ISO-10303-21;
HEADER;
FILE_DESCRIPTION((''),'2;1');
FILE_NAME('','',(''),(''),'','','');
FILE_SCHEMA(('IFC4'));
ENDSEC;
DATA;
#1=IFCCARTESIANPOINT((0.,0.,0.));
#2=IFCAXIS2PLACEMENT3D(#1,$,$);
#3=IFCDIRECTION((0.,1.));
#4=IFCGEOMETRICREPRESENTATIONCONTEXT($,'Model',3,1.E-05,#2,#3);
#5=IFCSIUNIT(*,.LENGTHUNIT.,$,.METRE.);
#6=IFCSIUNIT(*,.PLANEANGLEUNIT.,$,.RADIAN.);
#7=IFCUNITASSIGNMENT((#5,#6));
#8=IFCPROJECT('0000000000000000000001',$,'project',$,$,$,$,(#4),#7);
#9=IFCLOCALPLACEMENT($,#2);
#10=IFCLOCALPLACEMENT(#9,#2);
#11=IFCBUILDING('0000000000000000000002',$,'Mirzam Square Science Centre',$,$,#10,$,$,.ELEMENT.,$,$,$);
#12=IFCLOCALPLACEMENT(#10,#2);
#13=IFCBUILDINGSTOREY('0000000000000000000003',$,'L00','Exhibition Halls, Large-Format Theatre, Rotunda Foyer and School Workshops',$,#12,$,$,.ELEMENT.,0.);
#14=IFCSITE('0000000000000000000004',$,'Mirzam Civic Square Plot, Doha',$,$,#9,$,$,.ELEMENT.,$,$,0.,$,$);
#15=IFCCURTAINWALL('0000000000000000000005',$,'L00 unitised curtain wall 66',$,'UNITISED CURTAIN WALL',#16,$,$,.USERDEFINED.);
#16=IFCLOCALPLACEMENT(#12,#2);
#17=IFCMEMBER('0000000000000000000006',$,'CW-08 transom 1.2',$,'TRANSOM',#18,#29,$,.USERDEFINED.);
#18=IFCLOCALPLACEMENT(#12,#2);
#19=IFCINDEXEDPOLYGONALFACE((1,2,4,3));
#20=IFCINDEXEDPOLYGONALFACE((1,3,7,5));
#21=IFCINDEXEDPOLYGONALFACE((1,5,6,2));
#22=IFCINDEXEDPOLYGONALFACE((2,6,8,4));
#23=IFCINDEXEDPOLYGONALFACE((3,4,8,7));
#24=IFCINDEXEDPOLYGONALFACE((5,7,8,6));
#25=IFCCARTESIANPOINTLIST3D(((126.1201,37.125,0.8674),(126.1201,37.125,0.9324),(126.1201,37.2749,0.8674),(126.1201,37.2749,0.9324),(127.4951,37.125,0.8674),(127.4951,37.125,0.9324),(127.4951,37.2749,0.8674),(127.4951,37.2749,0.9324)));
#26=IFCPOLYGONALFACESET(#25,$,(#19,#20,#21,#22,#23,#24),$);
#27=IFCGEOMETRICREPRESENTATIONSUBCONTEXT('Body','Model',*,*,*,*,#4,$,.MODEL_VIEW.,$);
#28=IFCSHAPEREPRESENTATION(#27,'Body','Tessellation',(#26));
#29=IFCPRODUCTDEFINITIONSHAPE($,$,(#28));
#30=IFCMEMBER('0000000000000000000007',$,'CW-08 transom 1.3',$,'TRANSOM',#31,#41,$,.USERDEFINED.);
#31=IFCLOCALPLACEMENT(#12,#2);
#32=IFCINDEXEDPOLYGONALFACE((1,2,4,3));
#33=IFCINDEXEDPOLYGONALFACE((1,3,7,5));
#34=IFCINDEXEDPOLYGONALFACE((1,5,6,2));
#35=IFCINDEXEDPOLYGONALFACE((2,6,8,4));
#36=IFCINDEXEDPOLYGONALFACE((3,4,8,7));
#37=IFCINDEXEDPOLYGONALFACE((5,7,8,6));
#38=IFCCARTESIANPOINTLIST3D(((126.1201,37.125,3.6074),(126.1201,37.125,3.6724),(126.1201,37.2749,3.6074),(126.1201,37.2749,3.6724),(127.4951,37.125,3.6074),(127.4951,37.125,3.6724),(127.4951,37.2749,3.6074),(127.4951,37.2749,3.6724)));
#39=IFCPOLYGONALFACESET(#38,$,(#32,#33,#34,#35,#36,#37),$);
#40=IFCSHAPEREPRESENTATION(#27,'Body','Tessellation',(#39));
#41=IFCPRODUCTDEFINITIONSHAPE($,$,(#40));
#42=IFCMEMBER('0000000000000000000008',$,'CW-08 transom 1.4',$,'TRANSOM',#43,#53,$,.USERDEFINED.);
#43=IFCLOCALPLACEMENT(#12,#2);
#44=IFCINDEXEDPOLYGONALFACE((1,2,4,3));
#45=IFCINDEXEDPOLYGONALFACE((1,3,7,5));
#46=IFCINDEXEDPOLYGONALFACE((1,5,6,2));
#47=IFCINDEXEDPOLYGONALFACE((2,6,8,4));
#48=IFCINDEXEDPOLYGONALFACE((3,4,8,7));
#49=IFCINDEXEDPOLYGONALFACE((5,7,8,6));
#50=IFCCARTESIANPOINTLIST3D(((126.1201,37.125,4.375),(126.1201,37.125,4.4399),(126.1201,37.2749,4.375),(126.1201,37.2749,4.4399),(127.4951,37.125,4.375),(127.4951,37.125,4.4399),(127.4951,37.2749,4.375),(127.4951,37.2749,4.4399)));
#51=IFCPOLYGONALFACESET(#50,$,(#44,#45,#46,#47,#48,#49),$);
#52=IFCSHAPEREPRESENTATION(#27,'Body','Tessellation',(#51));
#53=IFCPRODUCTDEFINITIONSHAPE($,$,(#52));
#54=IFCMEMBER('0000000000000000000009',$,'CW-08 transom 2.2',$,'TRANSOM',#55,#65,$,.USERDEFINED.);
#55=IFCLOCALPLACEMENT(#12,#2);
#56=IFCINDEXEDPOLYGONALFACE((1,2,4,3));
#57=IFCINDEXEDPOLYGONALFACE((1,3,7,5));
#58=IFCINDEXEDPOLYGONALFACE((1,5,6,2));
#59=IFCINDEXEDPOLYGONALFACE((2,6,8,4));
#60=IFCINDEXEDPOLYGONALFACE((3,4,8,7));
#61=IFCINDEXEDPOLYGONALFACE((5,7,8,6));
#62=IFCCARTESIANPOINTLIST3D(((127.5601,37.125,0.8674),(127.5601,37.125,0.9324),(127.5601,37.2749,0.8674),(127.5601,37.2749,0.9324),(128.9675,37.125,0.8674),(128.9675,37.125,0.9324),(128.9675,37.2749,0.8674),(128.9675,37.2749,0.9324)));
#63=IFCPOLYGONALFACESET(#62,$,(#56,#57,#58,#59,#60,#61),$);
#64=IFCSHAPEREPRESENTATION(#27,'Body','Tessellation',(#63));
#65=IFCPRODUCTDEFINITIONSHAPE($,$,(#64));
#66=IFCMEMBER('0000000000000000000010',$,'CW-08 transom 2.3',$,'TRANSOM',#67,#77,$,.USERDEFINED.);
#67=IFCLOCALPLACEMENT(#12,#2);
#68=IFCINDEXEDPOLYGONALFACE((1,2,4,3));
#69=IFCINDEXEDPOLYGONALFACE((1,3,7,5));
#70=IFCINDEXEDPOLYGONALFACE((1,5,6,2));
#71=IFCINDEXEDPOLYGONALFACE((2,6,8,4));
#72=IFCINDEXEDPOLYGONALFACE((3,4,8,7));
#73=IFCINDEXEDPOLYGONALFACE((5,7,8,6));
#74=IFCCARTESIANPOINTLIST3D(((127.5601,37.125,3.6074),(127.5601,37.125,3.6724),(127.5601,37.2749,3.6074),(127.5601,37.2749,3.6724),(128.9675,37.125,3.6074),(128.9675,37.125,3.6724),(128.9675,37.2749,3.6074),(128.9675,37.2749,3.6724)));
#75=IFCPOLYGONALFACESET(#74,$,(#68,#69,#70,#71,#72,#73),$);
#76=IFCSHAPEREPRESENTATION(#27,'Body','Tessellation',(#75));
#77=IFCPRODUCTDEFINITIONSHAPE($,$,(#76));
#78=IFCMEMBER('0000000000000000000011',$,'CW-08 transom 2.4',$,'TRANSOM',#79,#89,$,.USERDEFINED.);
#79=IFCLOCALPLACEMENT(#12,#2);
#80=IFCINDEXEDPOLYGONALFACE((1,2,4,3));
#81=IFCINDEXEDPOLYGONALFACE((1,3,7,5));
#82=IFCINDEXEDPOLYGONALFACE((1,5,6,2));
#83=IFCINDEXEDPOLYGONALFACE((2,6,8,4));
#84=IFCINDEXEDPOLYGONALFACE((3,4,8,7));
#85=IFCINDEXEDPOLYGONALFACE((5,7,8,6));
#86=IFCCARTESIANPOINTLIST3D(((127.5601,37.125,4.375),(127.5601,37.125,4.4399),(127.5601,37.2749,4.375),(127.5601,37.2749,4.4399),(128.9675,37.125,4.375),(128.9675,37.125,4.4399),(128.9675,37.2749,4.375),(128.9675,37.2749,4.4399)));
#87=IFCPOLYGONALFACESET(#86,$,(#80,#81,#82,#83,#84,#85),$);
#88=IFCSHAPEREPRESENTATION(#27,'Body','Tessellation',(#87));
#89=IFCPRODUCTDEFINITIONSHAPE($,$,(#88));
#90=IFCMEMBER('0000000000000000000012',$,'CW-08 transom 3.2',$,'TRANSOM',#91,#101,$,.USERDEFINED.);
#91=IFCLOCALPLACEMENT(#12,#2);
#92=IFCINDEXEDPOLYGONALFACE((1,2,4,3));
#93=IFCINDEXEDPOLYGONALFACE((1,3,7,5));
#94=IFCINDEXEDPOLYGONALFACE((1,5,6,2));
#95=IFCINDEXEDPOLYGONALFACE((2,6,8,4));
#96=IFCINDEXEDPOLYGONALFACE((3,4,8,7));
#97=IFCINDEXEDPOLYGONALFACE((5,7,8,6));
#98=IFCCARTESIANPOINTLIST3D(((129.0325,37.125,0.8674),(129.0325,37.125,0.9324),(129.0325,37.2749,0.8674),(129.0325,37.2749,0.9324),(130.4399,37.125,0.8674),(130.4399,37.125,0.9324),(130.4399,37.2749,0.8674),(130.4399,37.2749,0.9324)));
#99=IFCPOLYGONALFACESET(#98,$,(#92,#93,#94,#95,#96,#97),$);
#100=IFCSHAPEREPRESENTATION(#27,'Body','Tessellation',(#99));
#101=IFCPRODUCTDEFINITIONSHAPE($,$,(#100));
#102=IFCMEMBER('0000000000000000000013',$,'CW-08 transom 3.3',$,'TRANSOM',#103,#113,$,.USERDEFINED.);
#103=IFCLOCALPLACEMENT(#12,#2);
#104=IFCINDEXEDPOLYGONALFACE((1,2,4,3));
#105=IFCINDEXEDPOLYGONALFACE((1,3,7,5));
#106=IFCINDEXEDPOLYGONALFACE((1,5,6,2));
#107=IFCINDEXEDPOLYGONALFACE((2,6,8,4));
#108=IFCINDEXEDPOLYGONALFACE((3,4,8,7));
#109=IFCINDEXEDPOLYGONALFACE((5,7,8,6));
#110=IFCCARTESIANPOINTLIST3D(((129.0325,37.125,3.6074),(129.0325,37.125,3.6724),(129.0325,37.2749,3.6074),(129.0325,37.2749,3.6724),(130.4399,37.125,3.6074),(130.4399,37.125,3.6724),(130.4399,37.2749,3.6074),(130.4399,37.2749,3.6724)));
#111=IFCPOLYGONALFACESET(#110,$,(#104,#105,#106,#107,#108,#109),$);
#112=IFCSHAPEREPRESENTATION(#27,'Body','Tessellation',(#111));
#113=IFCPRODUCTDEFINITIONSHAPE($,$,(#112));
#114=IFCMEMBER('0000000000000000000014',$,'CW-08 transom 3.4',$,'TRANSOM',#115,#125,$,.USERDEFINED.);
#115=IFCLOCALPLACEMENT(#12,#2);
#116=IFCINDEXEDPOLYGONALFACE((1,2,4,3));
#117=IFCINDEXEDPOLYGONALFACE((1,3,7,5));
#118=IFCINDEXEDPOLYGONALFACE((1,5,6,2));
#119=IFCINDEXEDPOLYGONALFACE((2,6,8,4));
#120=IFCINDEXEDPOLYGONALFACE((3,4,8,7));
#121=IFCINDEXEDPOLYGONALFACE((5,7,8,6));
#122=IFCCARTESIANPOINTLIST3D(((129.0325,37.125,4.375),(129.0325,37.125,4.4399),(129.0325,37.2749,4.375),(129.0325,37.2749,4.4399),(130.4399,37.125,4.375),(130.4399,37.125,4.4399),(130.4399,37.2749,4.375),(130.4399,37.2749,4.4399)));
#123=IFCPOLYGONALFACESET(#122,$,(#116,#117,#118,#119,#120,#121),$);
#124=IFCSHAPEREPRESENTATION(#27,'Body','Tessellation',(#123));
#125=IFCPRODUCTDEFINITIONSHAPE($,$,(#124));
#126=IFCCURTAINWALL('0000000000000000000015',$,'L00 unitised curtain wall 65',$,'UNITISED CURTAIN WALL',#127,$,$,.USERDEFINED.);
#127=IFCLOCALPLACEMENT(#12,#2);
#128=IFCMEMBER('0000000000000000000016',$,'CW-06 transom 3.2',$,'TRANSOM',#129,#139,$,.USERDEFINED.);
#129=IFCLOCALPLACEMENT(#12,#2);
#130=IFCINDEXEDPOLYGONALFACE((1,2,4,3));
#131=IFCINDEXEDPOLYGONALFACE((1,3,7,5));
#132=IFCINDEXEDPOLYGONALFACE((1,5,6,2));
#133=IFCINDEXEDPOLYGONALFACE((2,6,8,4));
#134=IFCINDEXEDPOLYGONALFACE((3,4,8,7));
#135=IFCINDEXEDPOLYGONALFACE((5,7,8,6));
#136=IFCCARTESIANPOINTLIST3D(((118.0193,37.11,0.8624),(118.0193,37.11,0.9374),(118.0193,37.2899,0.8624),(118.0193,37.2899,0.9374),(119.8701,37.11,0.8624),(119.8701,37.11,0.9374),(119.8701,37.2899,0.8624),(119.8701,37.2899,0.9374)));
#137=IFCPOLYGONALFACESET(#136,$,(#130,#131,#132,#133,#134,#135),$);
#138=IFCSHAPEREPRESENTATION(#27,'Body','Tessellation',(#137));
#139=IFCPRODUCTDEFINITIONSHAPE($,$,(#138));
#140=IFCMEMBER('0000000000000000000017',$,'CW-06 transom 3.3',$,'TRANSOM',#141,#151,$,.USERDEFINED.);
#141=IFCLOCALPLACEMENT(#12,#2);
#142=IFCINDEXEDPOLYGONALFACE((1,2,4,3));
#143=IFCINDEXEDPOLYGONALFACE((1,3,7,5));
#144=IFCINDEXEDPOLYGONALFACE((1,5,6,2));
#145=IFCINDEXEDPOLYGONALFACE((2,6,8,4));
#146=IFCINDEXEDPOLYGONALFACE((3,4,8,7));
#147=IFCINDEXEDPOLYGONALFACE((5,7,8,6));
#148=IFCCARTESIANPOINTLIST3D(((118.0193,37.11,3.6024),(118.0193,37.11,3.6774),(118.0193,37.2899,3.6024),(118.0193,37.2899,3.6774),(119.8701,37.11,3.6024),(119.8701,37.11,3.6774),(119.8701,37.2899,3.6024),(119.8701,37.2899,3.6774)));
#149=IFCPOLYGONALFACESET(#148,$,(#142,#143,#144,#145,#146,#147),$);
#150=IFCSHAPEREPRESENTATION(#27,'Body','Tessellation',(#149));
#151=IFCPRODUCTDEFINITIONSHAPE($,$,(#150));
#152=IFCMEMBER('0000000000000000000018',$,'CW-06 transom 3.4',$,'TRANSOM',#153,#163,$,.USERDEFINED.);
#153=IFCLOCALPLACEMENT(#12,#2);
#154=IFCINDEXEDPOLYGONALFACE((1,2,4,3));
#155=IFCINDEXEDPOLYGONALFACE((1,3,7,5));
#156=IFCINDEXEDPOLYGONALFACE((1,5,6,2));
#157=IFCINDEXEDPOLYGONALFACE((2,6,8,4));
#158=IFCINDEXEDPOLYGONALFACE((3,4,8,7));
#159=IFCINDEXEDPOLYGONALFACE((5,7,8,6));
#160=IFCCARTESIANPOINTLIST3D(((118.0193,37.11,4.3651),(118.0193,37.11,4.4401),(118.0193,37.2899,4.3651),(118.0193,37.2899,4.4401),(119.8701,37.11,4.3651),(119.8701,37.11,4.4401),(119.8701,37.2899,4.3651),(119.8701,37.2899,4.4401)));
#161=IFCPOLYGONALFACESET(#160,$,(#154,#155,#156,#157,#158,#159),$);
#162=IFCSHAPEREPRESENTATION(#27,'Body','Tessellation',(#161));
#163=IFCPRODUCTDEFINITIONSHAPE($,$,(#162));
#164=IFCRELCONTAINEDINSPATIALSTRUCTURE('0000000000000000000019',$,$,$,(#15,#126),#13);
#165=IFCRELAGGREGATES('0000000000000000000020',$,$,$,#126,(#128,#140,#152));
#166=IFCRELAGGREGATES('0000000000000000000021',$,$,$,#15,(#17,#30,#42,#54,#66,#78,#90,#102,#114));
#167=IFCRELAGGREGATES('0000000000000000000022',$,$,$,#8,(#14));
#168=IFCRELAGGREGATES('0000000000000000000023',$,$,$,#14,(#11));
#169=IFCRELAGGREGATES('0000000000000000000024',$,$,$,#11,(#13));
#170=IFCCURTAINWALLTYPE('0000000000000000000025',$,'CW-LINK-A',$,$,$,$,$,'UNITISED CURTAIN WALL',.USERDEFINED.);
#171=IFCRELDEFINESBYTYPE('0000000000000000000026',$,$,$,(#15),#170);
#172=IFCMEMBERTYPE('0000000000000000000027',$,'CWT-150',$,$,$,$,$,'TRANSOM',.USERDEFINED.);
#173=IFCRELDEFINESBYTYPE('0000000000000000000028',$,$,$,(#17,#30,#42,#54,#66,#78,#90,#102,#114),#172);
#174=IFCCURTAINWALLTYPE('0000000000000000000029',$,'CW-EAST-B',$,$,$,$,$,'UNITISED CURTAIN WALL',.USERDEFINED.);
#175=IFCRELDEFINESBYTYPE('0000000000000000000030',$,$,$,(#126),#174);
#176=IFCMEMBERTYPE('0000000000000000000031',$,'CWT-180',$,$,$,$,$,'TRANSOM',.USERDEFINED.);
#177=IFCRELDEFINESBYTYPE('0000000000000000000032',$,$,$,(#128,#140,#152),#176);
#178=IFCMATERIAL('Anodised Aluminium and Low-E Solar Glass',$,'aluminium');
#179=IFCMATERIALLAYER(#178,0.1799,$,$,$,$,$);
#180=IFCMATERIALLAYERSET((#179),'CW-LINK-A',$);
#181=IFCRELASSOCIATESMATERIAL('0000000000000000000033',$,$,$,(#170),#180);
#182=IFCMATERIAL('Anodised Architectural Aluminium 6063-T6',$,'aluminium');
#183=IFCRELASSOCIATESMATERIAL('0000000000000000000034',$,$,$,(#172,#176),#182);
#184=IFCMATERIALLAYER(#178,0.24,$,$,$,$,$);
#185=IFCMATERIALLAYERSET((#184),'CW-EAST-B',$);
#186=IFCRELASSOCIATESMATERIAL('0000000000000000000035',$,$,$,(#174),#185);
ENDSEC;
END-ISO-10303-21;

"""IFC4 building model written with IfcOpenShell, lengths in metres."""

from ifc_helpers import new_model, si_unit, direction, frame, origin, origin_2d, place, context, subcontext, project, spatial, rectangle, extrude, material, layer, layer_set, material_profile, profile_set, type_object, element, aggregate, save


model = new_model("IFC4")

# Units and contexts
model_context = context("Model", 3, precision=1e-05, world=origin(), true_north=direction((0.0, 1.0)))
body_context = subcontext(model_context, "Body", "Model", "MODEL_VIEW")
ifc_project = project(units=[si_unit("LENGTHUNIT", "METRE"), si_unit("PLANEANGLEUNIT", "RADIAN")], contexts=[model_context])

# Site, building, storey
site_placement = place(None, origin())
site = spatial("IfcSite", under=ifc_project, at=site_placement, Name="Mirzam Civic Square Plot, Doha", CompositionType="ELEMENT", RefElevation=0.0)
building_placement = place(site_placement, origin())
building = spatial("IfcBuilding", under=site, at=building_placement, Name="Mirzam Square Science Centre", CompositionType="ELEMENT")
storey_placement = place(building_placement, origin())
storey = spatial("IfcBuildingStorey", under=building, at=storey_placement, Name="L00", Description="Exhibition Halls, Large-Format Theatre, Rotunda Foyer and School Workshops", CompositionType="ELEMENT", Elevation=0.0)

# Curtain walls, members
ifc_material_1 = material(Name="Anodised Aluminium and Low-E Solar Glass", Category="aluminium")
ifc_layer_1 = layer(ifc_material_1, 0.1799)
ifc_layer_set_1 = layer_set([ifc_layer_1], Name="CW-LINK-A")
curtain_wall_type_1 = type_object("IfcCurtainWallType", Name="CW-LINK-A", ElementType="UNITISED CURTAIN WALL", PredefinedType="USERDEFINED", material=ifc_layer_set_1)
curtain_wall_1_placement = place(storey_placement, origin())
curtain_wall_1 = element("IfcCurtainWall", 1, at=curtain_wall_1_placement, inside=storey, type_object=curtain_wall_type_1, Name="L00 unitised curtain wall 66", ObjectType="UNITISED CURTAIN WALL", PredefinedType="USERDEFINED")
ifc_material_2 = material(Name="Anodised Architectural Aluminium 6063-T6", Category="aluminium")
ifc_material_profile_1 = material_profile(ifc_material_2, rectangle(XDim=0.1499, YDim=0.0649, at=origin_2d()), Name="ALU-TRAN-150x65x4")
ifc_profile_set_1 = profile_set([ifc_material_profile_1], Name="Anodised Architectural Aluminium 6063-T6")
member_type_1 = type_object("IfcMemberType", Name="CWT-150", ElementType="TRANSOM", PredefinedType="USERDEFINED", material=ifc_profile_set_1)
member_1_placement = place(storey_placement, frame((126.1201, 37.2, 0.8999), z_axis=(1.0, 0.0, 0.0), x_axis=(0.0, 1.0, 0.0)))
member_1 = element("IfcMember", 2, at=member_1_placement, type_object=member_type_1, Name="CW-08 transom 1.2", ObjectType="TRANSOM", PredefinedType="USERDEFINED", context=body_context, shape_type="SweptSolid", body=[
    extrude(rectangle(XDim=0.1499, YDim=0.0649, at=origin_2d()), origin(), (0.0, 0.0, 1.0), 1.375),
])
member_2_placement = place(storey_placement, frame((126.1201, 37.2, 3.6399), z_axis=(1.0, 0.0, 0.0), x_axis=(0.0, 1.0, 0.0)))
member_2 = element("IfcMember", 3, at=member_2_placement, type_object=member_type_1, Name="CW-08 transom 1.3", ObjectType="TRANSOM", PredefinedType="USERDEFINED", context=body_context, shape_type="SweptSolid", body=[
    extrude(rectangle(XDim=0.1499, YDim=0.0649, at=origin_2d()), origin(), (0.0, 0.0, 1.0), 1.375),
])
member_3_placement = place(storey_placement, frame((126.1201, 37.2, 4.4075), z_axis=(1.0, 0.0, 0.0), x_axis=(0.0, 1.0, 0.0)))
member_3 = element("IfcMember", 4, at=member_3_placement, type_object=member_type_1, Name="CW-08 transom 1.4", ObjectType="TRANSOM", PredefinedType="USERDEFINED", context=body_context, shape_type="SweptSolid", body=[
    extrude(rectangle(XDim=0.1499, YDim=0.0649, at=origin_2d()), origin(), (0.0, 0.0, 1.0), 1.375),
])
member_4_placement = place(storey_placement, frame((127.5601, 37.2, 0.8999), z_axis=(1.0, 0.0, 0.0), x_axis=(0.0, 1.0, 0.0)))
member_4 = element("IfcMember", 5, at=member_4_placement, type_object=member_type_1, Name="CW-08 transom 2.2", ObjectType="TRANSOM", PredefinedType="USERDEFINED", context=body_context, shape_type="SweptSolid", body=[
    extrude(rectangle(XDim=0.1499, YDim=0.0649, at=origin_2d()), origin(), (0.0, 0.0, 1.0), 1.4075),
])
member_5_placement = place(storey_placement, frame((127.5601, 37.2, 3.6399), z_axis=(1.0, 0.0, 0.0), x_axis=(0.0, 1.0, 0.0)))
member_5 = element("IfcMember", 6, at=member_5_placement, type_object=member_type_1, Name="CW-08 transom 2.3", ObjectType="TRANSOM", PredefinedType="USERDEFINED", context=body_context, shape_type="SweptSolid", body=[
    extrude(rectangle(XDim=0.1499, YDim=0.0649, at=origin_2d()), origin(), (0.0, 0.0, 1.0), 1.4075),
])
member_6_placement = place(storey_placement, frame((127.5601, 37.2, 4.4075), z_axis=(1.0, 0.0, 0.0), x_axis=(0.0, 1.0, 0.0)))
member_6 = element("IfcMember", 7, at=member_6_placement, type_object=member_type_1, Name="CW-08 transom 2.4", ObjectType="TRANSOM", PredefinedType="USERDEFINED", context=body_context, shape_type="SweptSolid", body=[
    extrude(rectangle(XDim=0.1499, YDim=0.0649, at=origin_2d()), origin(), (0.0, 0.0, 1.0), 1.4075),
])
member_7_placement = place(storey_placement, frame((129.0325, 37.2, 0.8999), z_axis=(1.0, 0.0, 0.0), x_axis=(0.0, 1.0, 0.0)))
member_7 = element("IfcMember", 8, at=member_7_placement, type_object=member_type_1, Name="CW-08 transom 3.2", ObjectType="TRANSOM", PredefinedType="USERDEFINED", context=body_context, shape_type="SweptSolid", body=[
    extrude(rectangle(XDim=0.1499, YDim=0.0649, at=origin_2d()), origin(), (0.0, 0.0, 1.0), 1.4075),
])
member_8_placement = place(storey_placement, frame((129.0325, 37.2, 3.6399), z_axis=(1.0, 0.0, 0.0), x_axis=(0.0, 1.0, 0.0)))
member_8 = element("IfcMember", 9, at=member_8_placement, type_object=member_type_1, Name="CW-08 transom 3.3", ObjectType="TRANSOM", PredefinedType="USERDEFINED", context=body_context, shape_type="SweptSolid", body=[
    extrude(rectangle(XDim=0.1499, YDim=0.0649, at=origin_2d()), origin(), (0.0, 0.0, 1.0), 1.4075),
])
member_9_placement = place(storey_placement, frame((129.0325, 37.2, 4.4075), z_axis=(1.0, 0.0, 0.0), x_axis=(0.0, 1.0, 0.0)))
member_9 = element("IfcMember", 10, at=member_9_placement, type_object=member_type_1, Name="CW-08 transom 3.4", ObjectType="TRANSOM", PredefinedType="USERDEFINED", context=body_context, shape_type="SweptSolid", body=[
    extrude(rectangle(XDim=0.1499, YDim=0.0649, at=origin_2d()), origin(), (0.0, 0.0, 1.0), 1.4075),
])
ifc_layer_2 = layer(ifc_material_1, 0.24)
ifc_layer_set_2 = layer_set([ifc_layer_2], Name="CW-EAST-B")
curtain_wall_type_2 = type_object("IfcCurtainWallType", Name="CW-EAST-B", ElementType="UNITISED CURTAIN WALL", PredefinedType="USERDEFINED", material=ifc_layer_set_2)
curtain_wall_2_placement = place(storey_placement, origin())
curtain_wall_2 = element("IfcCurtainWall", 11, at=curtain_wall_2_placement, inside=storey, type_object=curtain_wall_type_2, Name="L00 unitised curtain wall 65", ObjectType="UNITISED CURTAIN WALL", PredefinedType="USERDEFINED")
ifc_material_profile_2 = material_profile(ifc_material_2, rectangle(XDim=0.1799, YDim=0.075, at=origin_2d()), Name="ALU-TRAN-180x75x5")
ifc_profile_set_2 = profile_set([ifc_material_profile_2], Name="Anodised Architectural Aluminium 6063-T6")
member_type_2 = type_object("IfcMemberType", Name="CWT-180", ElementType="TRANSOM", PredefinedType="USERDEFINED", material=ifc_profile_set_2)
member_10_placement = place(storey_placement, frame((118.0193, 37.2, 0.8999), z_axis=(1.0, 0.0, 0.0), x_axis=(0.0, 1.0, 0.0)))
member_10 = element("IfcMember", 12, at=member_10_placement, type_object=member_type_2, Name="CW-06 transom 3.2", ObjectType="TRANSOM", PredefinedType="USERDEFINED", context=body_context, shape_type="SweptSolid", body=[
    extrude(rectangle(XDim=0.1799, YDim=0.075, at=origin_2d()), origin(), (0.0, 0.0, 1.0), 1.8508),
])
member_11_placement = place(storey_placement, frame((118.0193, 37.2, 3.6399), z_axis=(1.0, 0.0, 0.0), x_axis=(0.0, 1.0, 0.0)))
member_11 = element("IfcMember", 13, at=member_11_placement, type_object=member_type_2, Name="CW-06 transom 3.3", ObjectType="TRANSOM", PredefinedType="USERDEFINED", context=body_context, shape_type="SweptSolid", body=[
    extrude(rectangle(XDim=0.1799, YDim=0.075, at=origin_2d()), origin(), (0.0, 0.0, 1.0), 1.8508),
])
member_12_placement = place(storey_placement, frame((118.0193, 37.2, 4.4026), z_axis=(1.0, 0.0, 0.0), x_axis=(0.0, 1.0, 0.0)))
member_12 = element("IfcMember", 14, at=member_12_placement, type_object=member_type_2, Name="CW-06 transom 3.4", ObjectType="TRANSOM", PredefinedType="USERDEFINED", context=body_context, shape_type="SweptSolid", body=[
    extrude(rectangle(XDim=0.1799, YDim=0.075, at=origin_2d()), origin(), (0.0, 0.0, 1.0), 1.8508),
])

aggregate(curtain_wall_2, [member_10, member_11, member_12])
aggregate(curtain_wall_1, [member_1, member_2, member_3, member_4, member_5, member_6, member_7, member_8, member_9])

save(model, "model.ifc")
